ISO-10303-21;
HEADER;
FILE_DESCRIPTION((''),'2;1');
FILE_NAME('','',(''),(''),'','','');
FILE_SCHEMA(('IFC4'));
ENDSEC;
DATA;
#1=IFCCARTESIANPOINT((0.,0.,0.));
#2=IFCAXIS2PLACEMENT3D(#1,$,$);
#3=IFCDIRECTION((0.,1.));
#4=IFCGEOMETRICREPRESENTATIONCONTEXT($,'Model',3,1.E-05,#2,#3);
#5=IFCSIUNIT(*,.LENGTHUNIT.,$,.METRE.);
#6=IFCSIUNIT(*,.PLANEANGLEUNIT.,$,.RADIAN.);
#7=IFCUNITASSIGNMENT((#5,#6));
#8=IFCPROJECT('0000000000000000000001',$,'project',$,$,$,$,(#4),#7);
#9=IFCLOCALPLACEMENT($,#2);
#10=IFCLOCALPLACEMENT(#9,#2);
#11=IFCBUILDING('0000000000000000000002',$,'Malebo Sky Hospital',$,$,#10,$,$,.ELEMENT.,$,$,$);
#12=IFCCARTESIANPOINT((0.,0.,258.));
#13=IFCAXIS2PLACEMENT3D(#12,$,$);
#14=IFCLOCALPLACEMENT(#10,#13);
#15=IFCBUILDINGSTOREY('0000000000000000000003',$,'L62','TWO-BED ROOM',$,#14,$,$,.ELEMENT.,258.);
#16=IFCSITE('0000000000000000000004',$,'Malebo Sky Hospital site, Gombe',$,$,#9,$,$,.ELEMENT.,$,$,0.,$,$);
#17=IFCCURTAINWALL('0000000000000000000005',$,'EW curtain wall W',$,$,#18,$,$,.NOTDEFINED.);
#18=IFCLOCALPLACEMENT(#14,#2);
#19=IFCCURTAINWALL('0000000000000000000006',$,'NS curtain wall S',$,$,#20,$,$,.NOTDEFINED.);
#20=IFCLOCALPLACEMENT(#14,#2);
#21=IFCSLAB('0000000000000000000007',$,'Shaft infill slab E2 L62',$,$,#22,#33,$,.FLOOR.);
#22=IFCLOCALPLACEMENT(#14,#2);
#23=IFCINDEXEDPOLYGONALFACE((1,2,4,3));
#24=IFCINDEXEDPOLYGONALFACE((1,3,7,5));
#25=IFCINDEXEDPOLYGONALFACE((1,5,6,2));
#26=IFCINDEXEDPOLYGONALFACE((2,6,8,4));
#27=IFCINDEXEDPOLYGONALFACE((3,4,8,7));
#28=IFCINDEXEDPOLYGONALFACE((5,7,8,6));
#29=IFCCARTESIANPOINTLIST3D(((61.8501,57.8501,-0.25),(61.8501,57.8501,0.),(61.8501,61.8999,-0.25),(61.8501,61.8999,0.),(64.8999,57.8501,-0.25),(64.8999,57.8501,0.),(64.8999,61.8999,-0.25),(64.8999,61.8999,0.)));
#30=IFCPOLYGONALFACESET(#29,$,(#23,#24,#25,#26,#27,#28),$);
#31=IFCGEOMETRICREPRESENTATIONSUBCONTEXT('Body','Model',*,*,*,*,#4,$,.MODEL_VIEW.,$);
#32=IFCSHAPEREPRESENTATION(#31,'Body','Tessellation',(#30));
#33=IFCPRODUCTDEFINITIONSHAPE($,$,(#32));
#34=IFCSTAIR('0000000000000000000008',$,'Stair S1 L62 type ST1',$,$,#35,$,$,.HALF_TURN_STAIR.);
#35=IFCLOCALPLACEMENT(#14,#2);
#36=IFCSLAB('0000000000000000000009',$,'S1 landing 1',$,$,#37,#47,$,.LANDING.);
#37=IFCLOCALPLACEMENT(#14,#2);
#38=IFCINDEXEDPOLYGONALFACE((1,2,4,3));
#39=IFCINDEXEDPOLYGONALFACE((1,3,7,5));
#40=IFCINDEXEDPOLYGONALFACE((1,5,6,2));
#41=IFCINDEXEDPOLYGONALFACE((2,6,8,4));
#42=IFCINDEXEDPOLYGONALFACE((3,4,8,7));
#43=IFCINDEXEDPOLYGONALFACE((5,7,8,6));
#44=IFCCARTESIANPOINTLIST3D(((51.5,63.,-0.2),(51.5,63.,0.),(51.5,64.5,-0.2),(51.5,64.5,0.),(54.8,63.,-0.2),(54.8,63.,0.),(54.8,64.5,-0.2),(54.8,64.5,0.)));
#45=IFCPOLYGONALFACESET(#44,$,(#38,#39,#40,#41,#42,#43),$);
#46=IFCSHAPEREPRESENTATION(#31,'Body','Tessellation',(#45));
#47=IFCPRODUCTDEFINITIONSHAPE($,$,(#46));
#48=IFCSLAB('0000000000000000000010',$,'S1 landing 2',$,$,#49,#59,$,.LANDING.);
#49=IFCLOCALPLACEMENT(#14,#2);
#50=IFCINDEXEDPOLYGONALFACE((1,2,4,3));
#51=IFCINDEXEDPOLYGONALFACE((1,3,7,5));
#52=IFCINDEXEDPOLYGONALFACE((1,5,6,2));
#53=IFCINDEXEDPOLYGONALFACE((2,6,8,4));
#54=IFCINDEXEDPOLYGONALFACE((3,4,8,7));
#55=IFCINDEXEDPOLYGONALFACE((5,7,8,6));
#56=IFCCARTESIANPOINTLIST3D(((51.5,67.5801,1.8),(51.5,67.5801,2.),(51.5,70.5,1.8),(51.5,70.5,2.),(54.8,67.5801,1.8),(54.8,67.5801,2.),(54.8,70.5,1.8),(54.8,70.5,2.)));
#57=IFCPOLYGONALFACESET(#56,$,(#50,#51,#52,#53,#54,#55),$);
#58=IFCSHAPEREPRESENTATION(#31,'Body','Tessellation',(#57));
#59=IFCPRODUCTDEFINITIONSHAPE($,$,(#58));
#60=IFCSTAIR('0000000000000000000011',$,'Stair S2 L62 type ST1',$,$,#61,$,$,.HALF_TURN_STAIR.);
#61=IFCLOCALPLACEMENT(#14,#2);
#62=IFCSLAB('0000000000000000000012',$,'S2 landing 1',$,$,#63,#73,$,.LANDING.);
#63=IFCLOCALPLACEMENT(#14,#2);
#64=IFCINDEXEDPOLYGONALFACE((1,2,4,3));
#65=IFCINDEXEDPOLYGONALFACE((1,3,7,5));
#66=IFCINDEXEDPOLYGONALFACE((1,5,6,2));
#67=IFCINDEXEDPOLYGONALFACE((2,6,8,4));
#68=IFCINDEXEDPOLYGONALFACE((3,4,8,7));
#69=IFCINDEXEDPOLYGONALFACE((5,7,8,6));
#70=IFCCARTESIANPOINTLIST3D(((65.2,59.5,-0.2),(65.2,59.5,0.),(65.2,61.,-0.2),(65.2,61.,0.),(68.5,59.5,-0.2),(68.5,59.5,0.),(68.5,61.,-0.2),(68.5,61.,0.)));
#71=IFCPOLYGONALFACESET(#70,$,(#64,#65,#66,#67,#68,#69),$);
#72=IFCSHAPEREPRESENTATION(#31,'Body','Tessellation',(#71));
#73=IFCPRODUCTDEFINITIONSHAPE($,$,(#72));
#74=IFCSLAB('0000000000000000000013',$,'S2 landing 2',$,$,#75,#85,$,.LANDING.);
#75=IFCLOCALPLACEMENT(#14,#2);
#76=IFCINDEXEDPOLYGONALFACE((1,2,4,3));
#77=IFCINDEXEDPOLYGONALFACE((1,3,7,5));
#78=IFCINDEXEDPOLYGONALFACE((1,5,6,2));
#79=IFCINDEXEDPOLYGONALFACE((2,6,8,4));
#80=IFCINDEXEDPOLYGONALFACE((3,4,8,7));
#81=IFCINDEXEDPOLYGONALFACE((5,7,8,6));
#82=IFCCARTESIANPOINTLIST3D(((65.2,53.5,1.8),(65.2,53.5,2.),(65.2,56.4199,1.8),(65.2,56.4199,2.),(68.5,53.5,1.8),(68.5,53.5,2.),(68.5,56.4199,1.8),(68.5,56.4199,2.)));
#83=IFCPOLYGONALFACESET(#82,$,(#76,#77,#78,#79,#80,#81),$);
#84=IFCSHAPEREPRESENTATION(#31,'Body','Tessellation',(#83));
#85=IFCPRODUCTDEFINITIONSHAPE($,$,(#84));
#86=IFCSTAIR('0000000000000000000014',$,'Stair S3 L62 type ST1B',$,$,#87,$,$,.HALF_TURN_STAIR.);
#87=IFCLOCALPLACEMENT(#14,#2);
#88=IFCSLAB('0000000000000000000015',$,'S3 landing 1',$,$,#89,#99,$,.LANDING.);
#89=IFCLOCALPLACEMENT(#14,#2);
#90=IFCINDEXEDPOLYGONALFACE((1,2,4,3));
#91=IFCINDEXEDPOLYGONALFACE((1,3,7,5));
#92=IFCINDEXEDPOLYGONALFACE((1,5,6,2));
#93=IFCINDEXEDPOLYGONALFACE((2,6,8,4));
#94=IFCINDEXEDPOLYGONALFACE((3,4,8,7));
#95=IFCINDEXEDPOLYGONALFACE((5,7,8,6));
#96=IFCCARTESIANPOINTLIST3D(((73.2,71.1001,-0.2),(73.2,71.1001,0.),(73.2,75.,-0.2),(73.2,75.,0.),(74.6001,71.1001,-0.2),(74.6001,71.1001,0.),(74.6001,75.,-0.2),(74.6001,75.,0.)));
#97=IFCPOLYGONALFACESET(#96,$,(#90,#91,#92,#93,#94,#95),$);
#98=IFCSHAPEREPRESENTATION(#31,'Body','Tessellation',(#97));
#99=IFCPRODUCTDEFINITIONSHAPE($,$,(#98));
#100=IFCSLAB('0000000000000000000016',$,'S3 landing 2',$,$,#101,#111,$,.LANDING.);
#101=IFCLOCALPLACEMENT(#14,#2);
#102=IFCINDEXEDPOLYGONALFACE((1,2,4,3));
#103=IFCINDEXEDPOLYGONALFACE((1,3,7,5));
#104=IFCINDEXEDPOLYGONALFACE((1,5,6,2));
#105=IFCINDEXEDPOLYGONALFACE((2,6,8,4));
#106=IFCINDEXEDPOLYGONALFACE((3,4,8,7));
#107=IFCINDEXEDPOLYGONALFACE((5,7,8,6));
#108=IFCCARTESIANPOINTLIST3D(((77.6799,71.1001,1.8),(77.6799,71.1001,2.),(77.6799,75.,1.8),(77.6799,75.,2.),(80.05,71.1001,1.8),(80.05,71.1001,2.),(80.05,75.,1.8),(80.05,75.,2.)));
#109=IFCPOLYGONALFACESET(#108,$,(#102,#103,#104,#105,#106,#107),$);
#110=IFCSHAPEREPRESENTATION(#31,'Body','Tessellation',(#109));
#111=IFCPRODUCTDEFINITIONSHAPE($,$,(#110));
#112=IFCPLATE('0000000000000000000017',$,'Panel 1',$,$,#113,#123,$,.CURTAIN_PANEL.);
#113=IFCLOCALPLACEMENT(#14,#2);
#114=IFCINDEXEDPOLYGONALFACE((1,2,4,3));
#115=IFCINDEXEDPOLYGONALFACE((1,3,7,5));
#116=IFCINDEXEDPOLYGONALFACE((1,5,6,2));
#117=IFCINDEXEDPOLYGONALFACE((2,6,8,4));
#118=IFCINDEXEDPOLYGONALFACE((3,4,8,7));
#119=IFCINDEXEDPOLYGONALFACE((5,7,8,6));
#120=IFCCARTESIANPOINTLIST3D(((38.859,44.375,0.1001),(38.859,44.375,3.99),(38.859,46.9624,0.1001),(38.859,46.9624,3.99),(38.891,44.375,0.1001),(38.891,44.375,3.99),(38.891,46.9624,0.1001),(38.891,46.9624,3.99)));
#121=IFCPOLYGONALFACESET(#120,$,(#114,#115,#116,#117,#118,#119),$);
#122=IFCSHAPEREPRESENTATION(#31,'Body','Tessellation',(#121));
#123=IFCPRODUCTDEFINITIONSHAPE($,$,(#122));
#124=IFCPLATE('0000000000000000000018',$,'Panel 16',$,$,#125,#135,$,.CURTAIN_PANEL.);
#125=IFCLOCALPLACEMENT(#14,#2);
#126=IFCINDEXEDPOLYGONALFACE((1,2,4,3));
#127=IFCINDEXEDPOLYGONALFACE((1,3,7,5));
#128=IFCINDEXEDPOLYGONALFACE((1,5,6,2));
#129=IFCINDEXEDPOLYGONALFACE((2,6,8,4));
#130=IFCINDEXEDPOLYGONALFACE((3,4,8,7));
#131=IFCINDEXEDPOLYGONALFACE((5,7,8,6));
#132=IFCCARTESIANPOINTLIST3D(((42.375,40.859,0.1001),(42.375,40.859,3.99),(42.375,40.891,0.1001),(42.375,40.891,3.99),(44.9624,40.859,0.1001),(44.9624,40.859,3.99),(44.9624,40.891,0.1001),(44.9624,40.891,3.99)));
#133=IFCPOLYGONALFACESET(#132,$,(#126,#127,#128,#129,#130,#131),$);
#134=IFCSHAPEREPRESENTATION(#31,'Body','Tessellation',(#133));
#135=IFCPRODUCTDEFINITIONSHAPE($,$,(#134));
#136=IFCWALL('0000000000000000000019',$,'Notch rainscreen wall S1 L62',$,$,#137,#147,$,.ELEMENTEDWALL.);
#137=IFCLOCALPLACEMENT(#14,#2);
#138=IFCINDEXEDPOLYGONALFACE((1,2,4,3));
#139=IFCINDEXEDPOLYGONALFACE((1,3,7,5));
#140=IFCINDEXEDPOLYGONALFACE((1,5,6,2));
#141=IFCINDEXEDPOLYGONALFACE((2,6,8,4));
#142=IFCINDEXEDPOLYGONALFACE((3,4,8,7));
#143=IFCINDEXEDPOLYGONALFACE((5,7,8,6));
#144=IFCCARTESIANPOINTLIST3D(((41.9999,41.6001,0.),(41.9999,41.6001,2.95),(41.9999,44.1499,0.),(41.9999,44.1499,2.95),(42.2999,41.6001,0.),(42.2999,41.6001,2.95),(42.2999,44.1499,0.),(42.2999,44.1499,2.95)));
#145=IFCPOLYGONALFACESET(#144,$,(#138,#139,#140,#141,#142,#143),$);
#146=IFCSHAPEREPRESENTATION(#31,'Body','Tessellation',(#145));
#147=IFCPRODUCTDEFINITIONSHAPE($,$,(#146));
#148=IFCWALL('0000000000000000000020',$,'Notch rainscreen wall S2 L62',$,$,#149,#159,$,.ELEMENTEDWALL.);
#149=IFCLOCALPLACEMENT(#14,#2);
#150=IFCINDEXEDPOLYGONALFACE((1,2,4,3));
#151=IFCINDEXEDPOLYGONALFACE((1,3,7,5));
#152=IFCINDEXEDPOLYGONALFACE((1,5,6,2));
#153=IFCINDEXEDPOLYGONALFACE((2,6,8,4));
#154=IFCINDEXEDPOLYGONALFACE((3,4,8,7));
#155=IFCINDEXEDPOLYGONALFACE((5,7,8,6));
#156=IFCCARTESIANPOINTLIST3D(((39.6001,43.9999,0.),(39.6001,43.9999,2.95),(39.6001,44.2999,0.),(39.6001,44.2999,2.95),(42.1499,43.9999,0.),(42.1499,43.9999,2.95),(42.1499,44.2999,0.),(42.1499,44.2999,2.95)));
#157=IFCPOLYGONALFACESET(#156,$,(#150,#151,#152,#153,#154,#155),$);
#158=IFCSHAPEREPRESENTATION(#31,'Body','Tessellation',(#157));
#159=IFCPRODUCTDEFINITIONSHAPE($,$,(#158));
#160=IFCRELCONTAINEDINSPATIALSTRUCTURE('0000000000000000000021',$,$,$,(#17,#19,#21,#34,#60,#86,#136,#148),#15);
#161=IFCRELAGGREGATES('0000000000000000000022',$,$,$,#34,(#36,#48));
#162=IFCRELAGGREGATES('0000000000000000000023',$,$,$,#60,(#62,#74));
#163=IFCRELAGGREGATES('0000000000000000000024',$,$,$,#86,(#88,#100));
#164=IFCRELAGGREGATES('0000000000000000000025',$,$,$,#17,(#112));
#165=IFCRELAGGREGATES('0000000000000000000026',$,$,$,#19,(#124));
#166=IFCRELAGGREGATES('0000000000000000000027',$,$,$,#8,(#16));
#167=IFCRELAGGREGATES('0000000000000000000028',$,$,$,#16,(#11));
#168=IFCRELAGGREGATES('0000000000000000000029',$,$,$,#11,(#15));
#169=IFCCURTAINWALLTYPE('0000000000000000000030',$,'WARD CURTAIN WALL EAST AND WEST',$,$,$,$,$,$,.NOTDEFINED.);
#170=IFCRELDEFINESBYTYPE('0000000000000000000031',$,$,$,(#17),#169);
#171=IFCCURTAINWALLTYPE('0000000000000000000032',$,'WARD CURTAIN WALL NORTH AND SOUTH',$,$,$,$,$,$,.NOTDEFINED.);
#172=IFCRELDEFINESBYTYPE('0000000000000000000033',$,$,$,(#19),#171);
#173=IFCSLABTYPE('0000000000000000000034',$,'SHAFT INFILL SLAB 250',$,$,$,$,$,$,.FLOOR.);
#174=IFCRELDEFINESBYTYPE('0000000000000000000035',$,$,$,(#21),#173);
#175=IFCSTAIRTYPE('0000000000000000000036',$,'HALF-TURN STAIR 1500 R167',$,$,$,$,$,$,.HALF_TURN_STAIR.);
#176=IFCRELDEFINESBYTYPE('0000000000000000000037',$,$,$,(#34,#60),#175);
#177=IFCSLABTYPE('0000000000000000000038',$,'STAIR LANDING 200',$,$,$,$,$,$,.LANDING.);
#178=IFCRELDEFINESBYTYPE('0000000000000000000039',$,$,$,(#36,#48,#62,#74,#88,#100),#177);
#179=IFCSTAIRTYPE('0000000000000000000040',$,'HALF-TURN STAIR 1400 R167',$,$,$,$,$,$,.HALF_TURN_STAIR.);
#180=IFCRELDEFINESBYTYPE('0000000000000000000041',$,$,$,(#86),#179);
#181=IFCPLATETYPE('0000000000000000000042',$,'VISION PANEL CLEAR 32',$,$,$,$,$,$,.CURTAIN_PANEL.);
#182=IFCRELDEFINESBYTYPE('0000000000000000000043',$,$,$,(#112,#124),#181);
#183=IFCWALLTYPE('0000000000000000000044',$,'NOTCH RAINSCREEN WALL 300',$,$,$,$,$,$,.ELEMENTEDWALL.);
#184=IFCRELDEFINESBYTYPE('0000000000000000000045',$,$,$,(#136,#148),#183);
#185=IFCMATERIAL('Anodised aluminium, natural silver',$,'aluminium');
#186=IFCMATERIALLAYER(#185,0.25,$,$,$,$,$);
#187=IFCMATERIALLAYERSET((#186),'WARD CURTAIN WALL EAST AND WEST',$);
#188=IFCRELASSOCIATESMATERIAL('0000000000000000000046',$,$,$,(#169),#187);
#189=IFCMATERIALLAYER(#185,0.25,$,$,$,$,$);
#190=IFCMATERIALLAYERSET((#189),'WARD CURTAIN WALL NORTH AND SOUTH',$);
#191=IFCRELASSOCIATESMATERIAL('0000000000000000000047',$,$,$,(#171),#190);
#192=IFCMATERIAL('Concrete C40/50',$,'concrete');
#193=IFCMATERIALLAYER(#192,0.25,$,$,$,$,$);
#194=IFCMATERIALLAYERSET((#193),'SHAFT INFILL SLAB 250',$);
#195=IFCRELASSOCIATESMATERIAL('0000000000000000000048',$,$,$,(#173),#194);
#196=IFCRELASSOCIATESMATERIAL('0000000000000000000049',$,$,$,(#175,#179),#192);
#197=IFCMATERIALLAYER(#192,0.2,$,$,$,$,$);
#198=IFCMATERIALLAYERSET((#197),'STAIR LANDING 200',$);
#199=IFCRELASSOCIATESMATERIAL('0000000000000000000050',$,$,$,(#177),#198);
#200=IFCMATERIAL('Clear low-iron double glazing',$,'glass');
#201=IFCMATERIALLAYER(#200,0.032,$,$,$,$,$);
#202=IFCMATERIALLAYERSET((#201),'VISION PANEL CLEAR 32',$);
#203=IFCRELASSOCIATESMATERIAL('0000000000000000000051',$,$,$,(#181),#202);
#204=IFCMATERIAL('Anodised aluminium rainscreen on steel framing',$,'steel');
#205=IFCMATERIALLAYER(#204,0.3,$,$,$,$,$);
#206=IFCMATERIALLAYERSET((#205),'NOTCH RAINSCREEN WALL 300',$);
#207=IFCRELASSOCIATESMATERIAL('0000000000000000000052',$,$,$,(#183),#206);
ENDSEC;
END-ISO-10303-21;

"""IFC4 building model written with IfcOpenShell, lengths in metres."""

from ifc_helpers import new_model, si_unit, direction, frame, frame_2d, origin, origin_2d, place, context, subcontext, project, spatial, polyline, rectangle, outline, extrude, material, layer, layer_set, type_object, element, aggregate, save


model = new_model("IFC4")

# Units and contexts
model_context = context("Model", 3, precision=1e-05, world=origin(), true_north=direction((0.0, 1.0)))
body_context = subcontext(model_context, "Body", "Model", "MODEL_VIEW")
ifc_project = project(units=[si_unit("LENGTHUNIT", "METRE"), si_unit("PLANEANGLEUNIT", "RADIAN")], contexts=[model_context])

# Site, building, storey
site_placement = place(None, origin())
site = spatial("IfcSite", under=ifc_project, at=site_placement, Name="Malebo Sky Hospital site, Gombe", CompositionType="ELEMENT", RefElevation=0.0)
building_placement = place(site_placement, origin())
building = spatial("IfcBuilding", under=site, at=building_placement, Name="Malebo Sky Hospital", CompositionType="ELEMENT")
storey_placement = place(building_placement, frame((0.0, 0.0, 258.0)))
storey = spatial("IfcBuildingStorey", under=building, at=storey_placement, Name="L62", Description="TWO-BED ROOM", CompositionType="ELEMENT", Elevation=258.0)

# Curtain walls
ifc_material_1 = material(Name="Anodised aluminium, natural silver", Category="aluminium")
ifc_layer_1 = layer(ifc_material_1, 0.25)
ifc_layer_set_1 = layer_set([ifc_layer_1], Name="WARD CURTAIN WALL EAST AND WEST")
curtain_wall_type_1 = type_object("IfcCurtainWallType", Name="WARD CURTAIN WALL EAST AND WEST", PredefinedType="NOTDEFINED", material=ifc_layer_set_1)
curtain_wall_1_placement = place(storey_placement, origin())
curtain_wall_1 = element("IfcCurtainWall", 1, at=curtain_wall_1_placement, inside=storey, type_object=curtain_wall_type_1, Name="EW curtain wall W", PredefinedType="NOTDEFINED")
ifc_layer_2 = layer(ifc_material_1, 0.25)
ifc_layer_set_2 = layer_set([ifc_layer_2], Name="WARD CURTAIN WALL NORTH AND SOUTH")
curtain_wall_type_2 = type_object("IfcCurtainWallType", Name="WARD CURTAIN WALL NORTH AND SOUTH", PredefinedType="NOTDEFINED", material=ifc_layer_set_2)
curtain_wall_2_placement = place(storey_placement, origin())
curtain_wall_2 = element("IfcCurtainWall", 2, at=curtain_wall_2_placement, inside=storey, type_object=curtain_wall_type_2, Name="NS curtain wall S", PredefinedType="NOTDEFINED")

# Slab
ifc_material_2 = material(Name="Concrete C40/50", Category="concrete")
ifc_layer_3 = layer(ifc_material_2, 0.25)
ifc_layer_set_3 = layer_set([ifc_layer_3], Name="SHAFT INFILL SLAB 250")
slab_type_1 = type_object("IfcSlabType", Name="SHAFT INFILL SLAB 250", PredefinedType="FLOOR", material=ifc_layer_set_3)
slab_1_placement = place(storey_placement, frame((0.0, 0.0, -0.25)))
element("IfcSlab", 3, at=slab_1_placement, inside=storey, type_object=slab_type_1, Name="Shaft infill slab E2 L62", PredefinedType="FLOOR", context=body_context, shape_type="SweptSolid", body=[
    extrude(outline(polyline([(61.8501, 57.8501), (64.8999, 57.8501), (64.8999, 61.8999), (61.8501, 61.8999), (61.8501, 57.8501)])), origin(), (0.0, 0.0, 1.0), 0.25),
])

# Stairs, slabs
stair_type_1 = type_object("IfcStairType", Name="HALF-TURN STAIR 1500 R167", PredefinedType="HALF_TURN_STAIR", material=ifc_material_2)
stair_1_placement = place(storey_placement, origin())
stair_1 = element("IfcStair", 4, at=stair_1_placement, inside=storey, type_object=stair_type_1, Name="Stair S1 L62 type ST1", PredefinedType="HALF_TURN_STAIR")
ifc_layer_4 = layer(ifc_material_2, 0.2)
ifc_layer_set_4 = layer_set([ifc_layer_4], Name="STAIR LANDING 200")
slab_type_2 = type_object("IfcSlabType", Name="STAIR LANDING 200", PredefinedType="LANDING", material=ifc_layer_set_4)
slab_2_placement = place(storey_placement, frame((0.0, 0.0, -0.2)))
slab_2 = element("IfcSlab", 5, at=slab_2_placement, type_object=slab_type_2, Name="S1 landing 1", PredefinedType="LANDING", context=body_context, shape_type="SweptSolid", body=[
    extrude(outline(polyline([(51.5, 63.0), (54.8, 63.0), (54.8, 64.5), (51.5, 64.5), (51.5, 63.0)])), origin(), (0.0, 0.0, 1.0), 0.2),
])
slab_3_placement = place(storey_placement, frame((0.0, 0.0, 1.8)))
slab_3 = element("IfcSlab", 6, at=slab_3_placement, type_object=slab_type_2, Name="S1 landing 2", PredefinedType="LANDING", context=body_context, shape_type="SweptSolid", body=[
    extrude(outline(polyline([(51.5, 67.5801), (54.8, 67.5801), (54.8, 70.5), (51.5, 70.5), (51.5, 67.5801)])), origin(), (0.0, 0.0, 1.0), 0.2),
])
aggregate(stair_1, [slab_2, slab_3])
stair_2_placement = place(storey_placement, origin())
stair_2 = element("IfcStair", 7, at=stair_2_placement, inside=storey, type_object=stair_type_1, Name="Stair S2 L62 type ST1", PredefinedType="HALF_TURN_STAIR")
slab_4_placement = place(storey_placement, frame((0.0, 0.0, -0.2)))
slab_4 = element("IfcSlab", 8, at=slab_4_placement, type_object=slab_type_2, Name="S2 landing 1", PredefinedType="LANDING", context=body_context, shape_type="SweptSolid", body=[
    extrude(outline(polyline([(65.2, 59.5), (68.5, 59.5), (68.5, 61.0), (65.2, 61.0), (65.2, 59.5)])), origin(), (0.0, 0.0, 1.0), 0.2),
])
slab_5_placement = place(storey_placement, frame((0.0, 0.0, 1.8)))
slab_5 = element("IfcSlab", 9, at=slab_5_placement, type_object=slab_type_2, Name="S2 landing 2", PredefinedType="LANDING", context=body_context, shape_type="SweptSolid", body=[
    extrude(outline(polyline([(65.2, 53.5), (68.5, 53.5), (68.5, 56.4199), (65.2, 56.4199), (65.2, 53.5)])), origin(), (0.0, 0.0, 1.0), 0.2),
])
aggregate(stair_2, [slab_4, slab_5])
stair_type_2 = type_object("IfcStairType", Name="HALF-TURN STAIR 1400 R167", PredefinedType="HALF_TURN_STAIR", material=ifc_material_2)
stair_3_placement = place(storey_placement, origin())
stair_3 = element("IfcStair", 10, at=stair_3_placement, inside=storey, type_object=stair_type_2, Name="Stair S3 L62 type ST1B", PredefinedType="HALF_TURN_STAIR")
slab_6_placement = place(storey_placement, frame((0.0, 0.0, -0.2)))
slab_6 = element("IfcSlab", 11, at=slab_6_placement, type_object=slab_type_2, Name="S3 landing 1", PredefinedType="LANDING", context=body_context, shape_type="SweptSolid", body=[
    extrude(outline(polyline([(73.2, 71.1001), (73.2, 75.0), (74.6001, 75.0), (74.6001, 71.1001), (73.2, 71.1001)])), origin(), (0.0, 0.0, 1.0), 0.2),
])
slab_7_placement = place(storey_placement, frame((0.0, 0.0, 1.8)))
slab_7 = element("IfcSlab", 12, at=slab_7_placement, type_object=slab_type_2, Name="S3 landing 2", PredefinedType="LANDING", context=body_context, shape_type="SweptSolid", body=[
    extrude(outline(polyline([(77.6799, 71.1001), (77.6799, 75.0), (80.05, 75.0), (80.05, 71.1001), (77.6799, 71.1001)])), origin(), (0.0, 0.0, 1.0), 0.2),
])
aggregate(stair_3, [slab_6, slab_7])

# Plates
ifc_material_3 = material(Name="Clear low-iron double glazing", Category="glass")
ifc_layer_5 = layer(ifc_material_3, 0.032)
ifc_layer_set_5 = layer_set([ifc_layer_5], Name="VISION PANEL CLEAR 32")
plate_type = type_object("IfcPlateType", Name="VISION PANEL CLEAR 32", PredefinedType="CURTAIN_PANEL", material=ifc_layer_set_5)
plate_1_placement = place(storey_placement, frame((38.875, 45.6687, 0.1001), z_axis=(0.0, 0.0, 1.0), x_axis=(0.0, 1.0, 0.0)))
plate_1 = element("IfcPlate", 13, at=plate_1_placement, type_object=plate_type, Name="Panel 1", PredefinedType="CURTAIN_PANEL", context=body_context, shape_type="SweptSolid", body=[
    extrude(rectangle(XDim=2.5874, YDim=0.032, at=origin_2d()), origin(), (0.0, 0.0, 1.0), 3.8899),
])
aggregate(curtain_wall_1, [plate_1])
plate_2_placement = place(storey_placement, frame((43.6687, 40.875, 0.1001), z_axis=(0.0, 0.0, 1.0), x_axis=(-1.0, 0.0, 0.0)))
plate_2 = element("IfcPlate", 14, at=plate_2_placement, type_object=plate_type, Name="Panel 16", PredefinedType="CURTAIN_PANEL", context=body_context, shape_type="SweptSolid", body=[
    extrude(rectangle(XDim=2.5874, YDim=0.032, at=origin_2d()), origin(), (0.0, 0.0, 1.0), 3.8899),
])
aggregate(curtain_wall_2, [plate_2])

# Walls
ifc_material_4 = material(Name="Anodised aluminium rainscreen on steel framing", Category="steel")
ifc_layer_6 = layer(ifc_material_4, 0.3)
ifc_layer_set_6 = layer_set([ifc_layer_6], Name="NOTCH RAINSCREEN WALL 300")
wall_type = type_object("IfcWallType", Name="NOTCH RAINSCREEN WALL 300", PredefinedType="ELEMENTEDWALL", material=ifc_layer_set_6)
for number, where, z_axis, x_axis, name in (
    (15, (42.1499, 41.6001, 0.0), (0.0, 0.0, 1.0), (0.0, 1.0, 0.0), "Notch rainscreen wall S1 L62"),
    (16, (42.1499, 44.1499, 0.0), (0.0, 0.0, 1.0), (-1.0, 0.0, 0.0), "Notch rainscreen wall S2 L62"),
):
    element("IfcWall", number, at=place(storey_placement, frame(where, z_axis=z_axis, x_axis=x_axis)), inside=storey, type_object=wall_type, Name=name, PredefinedType="ELEMENTEDWALL", context=body_context, shape_type="SweptSolid", body=[
        extrude(rectangle(XDim=2.5498, YDim=0.3, at=frame_2d((1.2749, 0.0))), origin(), (0.0, 0.0, 1.0), 2.95),
    ])

save(model, "model.ifc")
